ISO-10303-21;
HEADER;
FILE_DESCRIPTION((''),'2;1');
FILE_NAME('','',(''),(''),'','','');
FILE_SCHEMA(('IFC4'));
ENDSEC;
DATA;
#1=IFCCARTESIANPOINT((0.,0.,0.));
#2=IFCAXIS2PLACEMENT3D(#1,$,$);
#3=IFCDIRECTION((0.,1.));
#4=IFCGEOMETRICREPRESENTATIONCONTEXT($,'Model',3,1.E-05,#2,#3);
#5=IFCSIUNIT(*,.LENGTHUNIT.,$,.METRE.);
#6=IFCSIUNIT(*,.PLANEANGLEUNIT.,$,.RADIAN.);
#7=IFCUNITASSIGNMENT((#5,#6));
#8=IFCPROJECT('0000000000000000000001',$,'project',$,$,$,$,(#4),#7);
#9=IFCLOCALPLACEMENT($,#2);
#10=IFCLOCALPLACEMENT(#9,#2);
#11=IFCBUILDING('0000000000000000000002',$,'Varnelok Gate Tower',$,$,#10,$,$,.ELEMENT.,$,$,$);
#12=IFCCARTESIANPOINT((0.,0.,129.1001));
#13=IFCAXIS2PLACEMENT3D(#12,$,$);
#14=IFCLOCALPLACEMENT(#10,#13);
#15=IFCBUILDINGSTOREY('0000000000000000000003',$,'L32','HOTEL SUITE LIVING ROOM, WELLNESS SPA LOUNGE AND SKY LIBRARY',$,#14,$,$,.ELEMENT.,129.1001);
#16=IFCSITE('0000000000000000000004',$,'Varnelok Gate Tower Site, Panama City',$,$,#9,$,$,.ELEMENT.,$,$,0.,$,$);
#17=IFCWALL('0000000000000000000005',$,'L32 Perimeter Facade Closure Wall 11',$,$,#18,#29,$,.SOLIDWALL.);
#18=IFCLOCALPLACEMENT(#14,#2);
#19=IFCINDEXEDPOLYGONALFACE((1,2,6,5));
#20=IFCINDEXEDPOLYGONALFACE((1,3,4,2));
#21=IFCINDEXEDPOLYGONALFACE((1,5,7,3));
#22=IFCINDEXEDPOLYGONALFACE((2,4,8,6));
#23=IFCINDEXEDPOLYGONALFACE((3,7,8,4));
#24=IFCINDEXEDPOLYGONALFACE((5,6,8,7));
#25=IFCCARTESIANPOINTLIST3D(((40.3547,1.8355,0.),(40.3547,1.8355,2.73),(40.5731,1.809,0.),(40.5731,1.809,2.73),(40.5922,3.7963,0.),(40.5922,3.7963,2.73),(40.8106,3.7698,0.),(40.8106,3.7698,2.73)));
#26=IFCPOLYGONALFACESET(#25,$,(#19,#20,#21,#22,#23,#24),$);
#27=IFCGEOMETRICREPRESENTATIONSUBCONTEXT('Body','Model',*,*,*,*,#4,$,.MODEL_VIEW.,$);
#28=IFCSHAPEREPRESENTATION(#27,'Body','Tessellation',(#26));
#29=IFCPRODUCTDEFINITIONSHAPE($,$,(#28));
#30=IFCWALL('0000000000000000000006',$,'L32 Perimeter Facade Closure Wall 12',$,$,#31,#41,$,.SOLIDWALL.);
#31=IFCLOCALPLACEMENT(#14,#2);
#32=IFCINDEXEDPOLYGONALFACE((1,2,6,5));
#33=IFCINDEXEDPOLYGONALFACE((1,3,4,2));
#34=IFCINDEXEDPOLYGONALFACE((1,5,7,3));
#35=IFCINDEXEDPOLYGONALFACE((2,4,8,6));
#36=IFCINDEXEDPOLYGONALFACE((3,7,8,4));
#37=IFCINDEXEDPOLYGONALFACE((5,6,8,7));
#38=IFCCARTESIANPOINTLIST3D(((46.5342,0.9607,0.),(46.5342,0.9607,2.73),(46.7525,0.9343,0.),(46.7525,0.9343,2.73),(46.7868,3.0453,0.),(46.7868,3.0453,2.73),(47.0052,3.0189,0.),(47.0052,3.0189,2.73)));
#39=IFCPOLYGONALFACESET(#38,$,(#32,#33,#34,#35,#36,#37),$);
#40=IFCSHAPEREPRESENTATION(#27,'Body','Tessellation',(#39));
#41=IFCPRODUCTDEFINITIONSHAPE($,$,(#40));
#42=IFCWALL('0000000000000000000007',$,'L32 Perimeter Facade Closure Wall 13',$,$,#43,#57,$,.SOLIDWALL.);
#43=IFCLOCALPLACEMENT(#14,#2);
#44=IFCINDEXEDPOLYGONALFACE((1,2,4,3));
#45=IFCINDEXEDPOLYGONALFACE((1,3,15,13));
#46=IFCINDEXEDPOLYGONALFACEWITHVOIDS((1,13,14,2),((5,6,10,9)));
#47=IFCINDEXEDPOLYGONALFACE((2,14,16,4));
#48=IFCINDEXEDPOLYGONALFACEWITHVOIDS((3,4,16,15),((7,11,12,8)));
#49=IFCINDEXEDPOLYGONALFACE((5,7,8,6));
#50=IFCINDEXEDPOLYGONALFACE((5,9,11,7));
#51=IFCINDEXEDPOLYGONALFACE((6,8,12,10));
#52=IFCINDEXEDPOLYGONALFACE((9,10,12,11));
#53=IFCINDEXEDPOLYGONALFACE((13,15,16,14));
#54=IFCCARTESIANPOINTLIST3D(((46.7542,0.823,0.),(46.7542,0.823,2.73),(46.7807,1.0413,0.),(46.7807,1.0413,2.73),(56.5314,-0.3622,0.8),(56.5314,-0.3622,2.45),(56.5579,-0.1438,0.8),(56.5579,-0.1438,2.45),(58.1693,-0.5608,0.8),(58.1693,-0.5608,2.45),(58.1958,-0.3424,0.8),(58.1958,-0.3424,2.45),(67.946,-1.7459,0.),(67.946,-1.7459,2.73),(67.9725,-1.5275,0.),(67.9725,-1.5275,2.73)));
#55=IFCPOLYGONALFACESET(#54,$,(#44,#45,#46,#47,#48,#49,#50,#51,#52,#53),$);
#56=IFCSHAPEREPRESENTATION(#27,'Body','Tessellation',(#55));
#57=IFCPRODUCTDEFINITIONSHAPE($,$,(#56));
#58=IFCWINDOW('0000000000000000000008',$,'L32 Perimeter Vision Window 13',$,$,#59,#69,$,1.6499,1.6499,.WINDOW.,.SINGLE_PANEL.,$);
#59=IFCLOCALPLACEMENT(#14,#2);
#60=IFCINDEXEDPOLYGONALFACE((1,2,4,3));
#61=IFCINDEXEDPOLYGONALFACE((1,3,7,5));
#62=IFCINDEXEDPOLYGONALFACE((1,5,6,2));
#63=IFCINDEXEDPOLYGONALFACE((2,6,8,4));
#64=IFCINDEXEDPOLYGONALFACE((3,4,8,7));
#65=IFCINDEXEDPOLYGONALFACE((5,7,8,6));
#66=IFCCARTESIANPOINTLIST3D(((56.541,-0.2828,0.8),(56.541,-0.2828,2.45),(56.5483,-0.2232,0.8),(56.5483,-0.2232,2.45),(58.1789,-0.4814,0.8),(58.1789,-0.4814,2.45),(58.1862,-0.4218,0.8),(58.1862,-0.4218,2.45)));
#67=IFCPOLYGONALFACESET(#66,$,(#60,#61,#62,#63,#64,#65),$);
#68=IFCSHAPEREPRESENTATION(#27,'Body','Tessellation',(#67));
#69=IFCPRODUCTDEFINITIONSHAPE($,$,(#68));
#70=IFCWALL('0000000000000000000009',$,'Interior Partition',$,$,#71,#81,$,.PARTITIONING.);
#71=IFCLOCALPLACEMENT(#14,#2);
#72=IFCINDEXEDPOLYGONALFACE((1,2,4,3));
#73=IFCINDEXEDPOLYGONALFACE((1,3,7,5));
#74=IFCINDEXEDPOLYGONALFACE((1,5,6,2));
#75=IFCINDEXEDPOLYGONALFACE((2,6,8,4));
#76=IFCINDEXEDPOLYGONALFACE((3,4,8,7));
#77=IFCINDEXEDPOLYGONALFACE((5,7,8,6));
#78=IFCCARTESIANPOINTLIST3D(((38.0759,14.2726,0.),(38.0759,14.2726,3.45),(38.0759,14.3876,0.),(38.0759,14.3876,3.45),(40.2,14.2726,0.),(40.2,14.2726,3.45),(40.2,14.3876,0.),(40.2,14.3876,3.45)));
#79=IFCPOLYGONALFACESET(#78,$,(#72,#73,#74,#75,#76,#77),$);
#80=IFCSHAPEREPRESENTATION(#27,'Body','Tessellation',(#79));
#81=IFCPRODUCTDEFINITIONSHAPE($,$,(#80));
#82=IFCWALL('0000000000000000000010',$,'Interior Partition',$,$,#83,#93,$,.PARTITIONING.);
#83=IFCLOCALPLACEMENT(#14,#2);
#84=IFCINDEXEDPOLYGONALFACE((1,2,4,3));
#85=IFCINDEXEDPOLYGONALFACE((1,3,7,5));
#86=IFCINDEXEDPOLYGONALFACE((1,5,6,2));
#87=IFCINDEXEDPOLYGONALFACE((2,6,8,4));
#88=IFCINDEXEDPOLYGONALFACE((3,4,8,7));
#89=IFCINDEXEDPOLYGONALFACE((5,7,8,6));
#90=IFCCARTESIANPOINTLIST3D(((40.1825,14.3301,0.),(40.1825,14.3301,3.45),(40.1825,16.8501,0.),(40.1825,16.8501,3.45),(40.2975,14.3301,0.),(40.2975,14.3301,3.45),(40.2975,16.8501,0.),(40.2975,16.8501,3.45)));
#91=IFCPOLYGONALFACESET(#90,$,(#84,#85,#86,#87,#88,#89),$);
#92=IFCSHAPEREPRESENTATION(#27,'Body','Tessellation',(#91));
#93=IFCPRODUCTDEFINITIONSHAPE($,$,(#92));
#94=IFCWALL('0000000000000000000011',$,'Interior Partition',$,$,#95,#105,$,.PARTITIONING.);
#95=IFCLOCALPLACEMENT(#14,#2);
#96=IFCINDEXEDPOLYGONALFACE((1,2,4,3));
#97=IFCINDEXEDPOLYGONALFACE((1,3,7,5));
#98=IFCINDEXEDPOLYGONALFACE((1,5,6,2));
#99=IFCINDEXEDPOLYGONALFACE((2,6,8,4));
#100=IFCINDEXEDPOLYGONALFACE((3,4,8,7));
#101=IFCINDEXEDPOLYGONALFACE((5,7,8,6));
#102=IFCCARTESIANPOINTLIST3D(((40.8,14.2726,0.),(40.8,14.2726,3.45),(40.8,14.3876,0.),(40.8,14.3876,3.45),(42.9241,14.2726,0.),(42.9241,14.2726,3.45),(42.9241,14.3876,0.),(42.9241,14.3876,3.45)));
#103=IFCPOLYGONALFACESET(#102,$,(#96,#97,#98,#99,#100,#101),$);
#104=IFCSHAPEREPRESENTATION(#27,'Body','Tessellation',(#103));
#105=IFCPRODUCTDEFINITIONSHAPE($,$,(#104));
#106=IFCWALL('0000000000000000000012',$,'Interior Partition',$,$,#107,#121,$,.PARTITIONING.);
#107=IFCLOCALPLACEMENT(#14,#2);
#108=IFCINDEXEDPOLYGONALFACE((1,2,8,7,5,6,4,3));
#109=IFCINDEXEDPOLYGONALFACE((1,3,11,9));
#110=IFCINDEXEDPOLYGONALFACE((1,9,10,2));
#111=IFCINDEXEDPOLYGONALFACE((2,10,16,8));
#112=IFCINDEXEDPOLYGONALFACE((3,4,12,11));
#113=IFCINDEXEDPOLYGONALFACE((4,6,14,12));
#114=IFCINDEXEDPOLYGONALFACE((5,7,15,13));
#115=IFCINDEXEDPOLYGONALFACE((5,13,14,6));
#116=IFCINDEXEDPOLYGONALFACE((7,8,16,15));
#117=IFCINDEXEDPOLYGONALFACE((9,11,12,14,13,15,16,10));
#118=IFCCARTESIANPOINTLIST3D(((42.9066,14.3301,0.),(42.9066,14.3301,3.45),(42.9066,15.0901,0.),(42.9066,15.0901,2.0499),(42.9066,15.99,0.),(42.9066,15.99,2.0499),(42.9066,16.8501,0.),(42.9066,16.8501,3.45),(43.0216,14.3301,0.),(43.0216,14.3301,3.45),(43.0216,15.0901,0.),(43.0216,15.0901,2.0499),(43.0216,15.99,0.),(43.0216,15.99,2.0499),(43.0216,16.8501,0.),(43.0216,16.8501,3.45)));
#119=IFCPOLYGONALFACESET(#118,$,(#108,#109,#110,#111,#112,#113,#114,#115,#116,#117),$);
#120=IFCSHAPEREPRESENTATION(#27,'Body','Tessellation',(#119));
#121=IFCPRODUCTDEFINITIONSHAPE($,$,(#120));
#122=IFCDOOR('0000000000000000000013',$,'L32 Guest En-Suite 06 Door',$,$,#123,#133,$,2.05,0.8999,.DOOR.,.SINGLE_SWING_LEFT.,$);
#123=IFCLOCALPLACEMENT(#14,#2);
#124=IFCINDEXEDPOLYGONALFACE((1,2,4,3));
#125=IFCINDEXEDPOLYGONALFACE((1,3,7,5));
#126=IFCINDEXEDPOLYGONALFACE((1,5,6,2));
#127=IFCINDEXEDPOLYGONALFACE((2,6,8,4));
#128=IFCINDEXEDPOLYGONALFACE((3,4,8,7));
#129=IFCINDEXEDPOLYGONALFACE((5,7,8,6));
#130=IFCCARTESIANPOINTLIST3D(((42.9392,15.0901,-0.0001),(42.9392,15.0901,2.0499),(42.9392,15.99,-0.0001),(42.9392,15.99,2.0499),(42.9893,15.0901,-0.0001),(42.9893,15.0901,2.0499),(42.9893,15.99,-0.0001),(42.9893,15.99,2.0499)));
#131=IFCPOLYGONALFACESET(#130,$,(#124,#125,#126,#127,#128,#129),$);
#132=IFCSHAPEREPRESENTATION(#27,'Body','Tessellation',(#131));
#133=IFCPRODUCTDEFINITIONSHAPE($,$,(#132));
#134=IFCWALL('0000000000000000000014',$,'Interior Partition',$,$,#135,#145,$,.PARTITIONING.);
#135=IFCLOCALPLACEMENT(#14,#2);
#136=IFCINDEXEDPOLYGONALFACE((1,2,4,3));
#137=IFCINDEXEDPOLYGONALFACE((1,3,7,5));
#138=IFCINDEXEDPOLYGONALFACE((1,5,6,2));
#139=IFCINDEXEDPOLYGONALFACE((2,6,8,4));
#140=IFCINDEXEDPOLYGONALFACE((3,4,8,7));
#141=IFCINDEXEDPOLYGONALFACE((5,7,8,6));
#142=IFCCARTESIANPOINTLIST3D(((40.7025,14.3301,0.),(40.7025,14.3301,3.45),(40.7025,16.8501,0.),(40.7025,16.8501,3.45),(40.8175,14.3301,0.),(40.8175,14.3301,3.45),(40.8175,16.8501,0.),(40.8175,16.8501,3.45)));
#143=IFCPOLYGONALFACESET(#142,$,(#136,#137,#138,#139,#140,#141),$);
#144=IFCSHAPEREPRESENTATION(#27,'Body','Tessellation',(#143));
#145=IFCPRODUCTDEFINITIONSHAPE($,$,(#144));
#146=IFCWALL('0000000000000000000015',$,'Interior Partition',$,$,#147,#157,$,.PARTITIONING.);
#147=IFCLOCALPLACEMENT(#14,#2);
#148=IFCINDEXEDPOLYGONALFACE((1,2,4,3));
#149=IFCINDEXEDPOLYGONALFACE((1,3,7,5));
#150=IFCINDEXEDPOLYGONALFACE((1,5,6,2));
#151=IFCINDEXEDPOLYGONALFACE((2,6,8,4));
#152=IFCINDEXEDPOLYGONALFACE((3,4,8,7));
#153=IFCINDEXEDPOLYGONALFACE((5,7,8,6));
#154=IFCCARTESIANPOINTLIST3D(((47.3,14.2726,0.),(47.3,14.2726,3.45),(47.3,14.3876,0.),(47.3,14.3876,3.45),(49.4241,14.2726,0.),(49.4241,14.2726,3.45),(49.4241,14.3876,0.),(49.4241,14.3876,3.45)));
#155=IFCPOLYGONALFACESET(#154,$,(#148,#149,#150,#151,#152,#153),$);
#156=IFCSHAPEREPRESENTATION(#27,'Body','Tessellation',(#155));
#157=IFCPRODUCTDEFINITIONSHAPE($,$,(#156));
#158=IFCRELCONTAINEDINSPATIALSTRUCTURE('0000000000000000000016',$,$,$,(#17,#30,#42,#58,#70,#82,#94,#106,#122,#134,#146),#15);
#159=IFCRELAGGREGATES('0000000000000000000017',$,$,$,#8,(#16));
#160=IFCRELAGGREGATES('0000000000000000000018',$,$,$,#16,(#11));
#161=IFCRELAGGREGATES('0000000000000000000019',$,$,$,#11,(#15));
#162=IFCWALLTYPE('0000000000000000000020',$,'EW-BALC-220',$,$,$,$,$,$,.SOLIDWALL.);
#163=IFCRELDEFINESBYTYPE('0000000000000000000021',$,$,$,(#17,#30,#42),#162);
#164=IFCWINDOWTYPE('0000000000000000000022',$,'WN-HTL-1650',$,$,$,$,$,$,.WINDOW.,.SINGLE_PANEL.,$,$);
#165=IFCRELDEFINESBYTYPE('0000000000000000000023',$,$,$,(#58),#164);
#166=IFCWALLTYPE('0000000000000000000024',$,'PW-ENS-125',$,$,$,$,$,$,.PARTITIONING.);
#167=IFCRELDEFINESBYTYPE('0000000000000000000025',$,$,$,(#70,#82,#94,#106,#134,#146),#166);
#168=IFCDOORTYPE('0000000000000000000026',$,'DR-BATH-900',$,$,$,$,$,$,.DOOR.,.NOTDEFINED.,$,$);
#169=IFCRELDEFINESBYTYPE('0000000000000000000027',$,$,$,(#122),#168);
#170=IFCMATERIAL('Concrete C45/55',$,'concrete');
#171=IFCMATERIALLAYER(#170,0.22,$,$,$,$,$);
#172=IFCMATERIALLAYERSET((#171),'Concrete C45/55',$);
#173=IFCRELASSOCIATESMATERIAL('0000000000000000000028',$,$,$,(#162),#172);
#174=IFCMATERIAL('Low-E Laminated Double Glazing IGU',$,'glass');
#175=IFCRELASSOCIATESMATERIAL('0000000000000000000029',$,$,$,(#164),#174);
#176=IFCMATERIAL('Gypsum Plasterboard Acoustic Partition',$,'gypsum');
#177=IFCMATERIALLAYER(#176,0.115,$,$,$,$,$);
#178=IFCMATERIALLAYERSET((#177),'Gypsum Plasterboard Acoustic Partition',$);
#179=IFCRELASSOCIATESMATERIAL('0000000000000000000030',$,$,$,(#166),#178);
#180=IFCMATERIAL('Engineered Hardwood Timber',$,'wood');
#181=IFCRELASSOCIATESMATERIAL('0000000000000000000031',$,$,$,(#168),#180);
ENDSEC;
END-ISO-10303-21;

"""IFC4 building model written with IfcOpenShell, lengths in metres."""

from ifc_helpers import new_model, si_unit, direction, frame, frame_2d, origin, place, context, subcontext, project, spatial, rectangle, extrude, material, layer, layer_set, type_object, element, fill, save


model = new_model("IFC4")

# Units and contexts
model_context = context("Model", 3, precision=1e-05, world=origin(), true_north=direction((0.0, 1.0)))
body_context = subcontext(model_context, "Body", "Model", "MODEL_VIEW")
ifc_project = project(units=[si_unit("LENGTHUNIT", "METRE"), si_unit("PLANEANGLEUNIT", "RADIAN")], contexts=[model_context])

# Site, building, storey
site_placement = place(None, origin())
site = spatial("IfcSite", under=ifc_project, at=site_placement, Name="Varnelok Gate Tower Site, Panama City", CompositionType="ELEMENT", RefElevation=0.0)
building_placement = place(site_placement, origin())
building = spatial("IfcBuilding", under=site, at=building_placement, Name="Varnelok Gate Tower", CompositionType="ELEMENT")
storey_placement = place(building_placement, frame((0.0, 0.0, 129.1001)))
storey = spatial("IfcBuildingStorey", under=building, at=storey_placement, Name="L32", Description="HOTEL SUITE LIVING ROOM, WELLNESS SPA LOUNGE AND SKY LIBRARY", CompositionType="ELEMENT", Elevation=129.1001)

# Shared definitions
ifc_material_1 = material(Name="Concrete C45/55", Category="concrete")
ifc_layer_1 = layer(ifc_material_1, 0.22)
ifc_layer_set_1 = layer_set([ifc_layer_1], Name="Concrete C45/55")
wall_type_1 = type_object("IfcWallType", Name="EW-BALC-220", PredefinedType="SOLIDWALL", material=ifc_layer_set_1)

# Walls
wall_1_placement = place(storey_placement, frame((40.4639, 1.8223, 0.0), z_axis=(0.0, 0.0, 1.0), x_axis=(0.120276, 0.99274, 0.0)))
element("IfcWall", 1, at=wall_1_placement, inside=storey, type_object=wall_type_1, Name="L32 Perimeter Facade Closure Wall 11", PredefinedType="SOLIDWALL", context=body_context, shape_type="SweptSolid", body=[
    extrude(rectangle(XDim=1.9751, YDim=0.22, at=frame_2d((0.9875, 0.0))), origin(), (0.0, 0.0, 1.0), 2.73),
])
wall_2_placement = place(storey_placement, frame((46.896, 3.032, 0.0), z_axis=(0.0, 0.0, 1.0), x_axis=(-0.120328, -0.992734, 0.0)))
element("IfcWall", 2, at=wall_2_placement, inside=storey, type_object=wall_type_1, Name="L32 Perimeter Facade Closure Wall 12", PredefinedType="SOLIDWALL", context=body_context, shape_type="SweptSolid", body=[
    extrude(rectangle(XDim=2.0999, YDim=0.22, at=frame_2d((1.0498, 0.0))), origin(), (0.0, 0.0, 1.0), 2.73),
])

# Wall, opening, window
wall_3_placement = place(storey_placement, frame((46.7676, 0.9321, 0.0), z_axis=(0.0, 0.0, 1.0), x_axis=(0.992733, -0.120338, 0.0)))
wall_3 = element("IfcWall", 3, at=wall_3_placement, inside=storey, type_object=wall_type_1, Name="L32 Perimeter Facade Closure Wall 13", PredefinedType="SOLIDWALL", context=body_context, shape_type="SweptSolid", body=[
    extrude(rectangle(XDim=21.3469, YDim=0.22, at=frame_2d((10.6733, 0.0))), origin(), (0.0, 0.0, 1.0), 2.73),
])
opening_1_placement = place(wall_3_placement, frame((9.8486, 0.0, 0.8)))
opening_1 = element("IfcOpeningElement", 4, at=opening_1_placement, cuts=wall_3, PredefinedType="OPENING", context=body_context, shape_type="SweptSolid", body=[
    extrude(rectangle(XDim=1.6499, YDim=1.6499, at=frame_2d((0.825, 0.825))), frame((0.0, 0.1199, 0.0), z_axis=(0.0, -1.0, 0.0), x_axis=(1.0, 0.0, 0.0)), (0.0, 0.0, 1.0), 0.24),
])
ifc_material_2 = material(Name="Low-E Laminated Double Glazing IGU", Category="glass")
window_type = type_object("IfcWindowType", Name="WN-HTL-1650", PartitioningType="SINGLE_PANEL", PredefinedType="WINDOW", material=ifc_material_2)
window_placement = place(opening_1_placement, origin())
window = element("IfcWindow", 5, at=window_placement, inside=storey, type_object=window_type, Name="L32 Perimeter Vision Window 13", OverallHeight=1.6499, OverallWidth=1.6499, PartitioningType="SINGLE_PANEL", PredefinedType="WINDOW", context=body_context, shape_type="SweptSolid", body=[
    extrude(rectangle(XDim=1.6499, YDim=1.6499, at=frame_2d((0.825, 0.825))), frame((0.0, 0.03, 0.0), z_axis=(0.0, -1.0, 0.0), x_axis=(1.0, 0.0, 0.0)), (0.0, 0.0, 1.0), 0.0601),
])
fill(opening_1, window)

# Walls
ifc_material_3 = material(Name="Gypsum Plasterboard Acoustic Partition", Category="gypsum")
ifc_layer_2 = layer(ifc_material_3, 0.115)
ifc_layer_set_2 = layer_set([ifc_layer_2], Name="Gypsum Plasterboard Acoustic Partition")
wall_type_2 = type_object("IfcWallType", Name="PW-ENS-125", PredefinedType="PARTITIONING", material=ifc_layer_set_2)
wall_4_placement = place(storey_placement, frame((38.0759, 14.3301, 0.0), z_axis=(0.0, 0.0, 1.0), x_axis=(1.0, 0.0, 0.0)))
element("IfcWall", 6, at=wall_4_placement, inside=storey, type_object=wall_type_2, Name="Interior Partition", PredefinedType="PARTITIONING", context=body_context, shape_type="SweptSolid", body=[
    extrude(rectangle(XDim=2.124, YDim=0.115, at=frame_2d((1.062, 0.0))), origin(), (0.0, 0.0, 1.0), 3.45),
])
wall_5_placement = place(storey_placement, frame((40.24, 14.3301, 0.0), z_axis=(0.0, 0.0, 1.0), x_axis=(0.0, 1.0, 0.0)))
element("IfcWall", 7, at=wall_5_placement, inside=storey, type_object=wall_type_2, Name="Interior Partition", PredefinedType="PARTITIONING", context=body_context, shape_type="SweptSolid", body=[
    extrude(rectangle(XDim=2.52, YDim=0.115, at=frame_2d((1.26, 0.0))), origin(), (0.0, 0.0, 1.0), 3.45),
])
wall_6_placement = place(storey_placement, frame((40.8, 14.3301, 0.0), z_axis=(0.0, 0.0, 1.0), x_axis=(1.0, 0.0, 0.0)))
element("IfcWall", 8, at=wall_6_placement, inside=storey, type_object=wall_type_2, Name="Interior Partition", PredefinedType="PARTITIONING", context=body_context, shape_type="SweptSolid", body=[
    extrude(rectangle(XDim=2.124, YDim=0.115, at=frame_2d((1.062, 0.0))), origin(), (0.0, 0.0, 1.0), 3.45),
])

# Wall, opening, door
wall_7_placement = place(storey_placement, frame((42.9641, 14.3301, 0.0), z_axis=(0.0, 0.0, 1.0), x_axis=(0.0, 1.0, 0.0)))
wall_7 = element("IfcWall", 9, at=wall_7_placement, inside=storey, type_object=wall_type_2, Name="Interior Partition", PredefinedType="PARTITIONING", context=body_context, shape_type="SweptSolid", body=[
    extrude(rectangle(XDim=2.52, YDim=0.115, at=frame_2d((1.26, 0.0))), origin(), (0.0, 0.0, 1.0), 3.45),
])
opening_2_placement = place(wall_7_placement, frame((0.76, 0.0, 0.0)))
opening_2 = element("IfcOpeningElement", 10, at=opening_2_placement, cuts=wall_7, PredefinedType="OPENING", context=body_context, shape_type="SweptSolid", body=[
    extrude(rectangle(XDim=0.8999, YDim=2.05, at=frame_2d((0.45, 1.0249))), frame((0.0, 0.0674, 0.0), z_axis=(0.0, -1.0, 0.0), x_axis=(1.0, 0.0, 0.0)), (0.0, 0.0, 1.0), 0.135),
])
ifc_material_4 = material(Name="Engineered Hardwood Timber", Category="wood")
door_type_1 = type_object("IfcDoorType", Name="DR-BATH-900", OperationType="NOTDEFINED", PredefinedType="DOOR", material=ifc_material_4)
door_1_placement = place(opening_2_placement, origin())
door_1 = element("IfcDoor", 11, at=door_1_placement, inside=storey, type_object=door_type_1, Name="L32 Guest En-Suite 06 Door", OperationType="SINGLE_SWING_LEFT", OverallHeight=2.05, OverallWidth=0.8999, PredefinedType="DOOR", context=body_context, shape_type="SweptSolid", body=[
    extrude(rectangle(XDim=0.8999, YDim=2.05, at=frame_2d((0.45, 1.0249))), frame((0.0, 0.0249, 0.0), z_axis=(0.0, -1.0, 0.0), x_axis=(1.0, 0.0, 0.0)), (0.0, 0.0, 1.0), 0.05),
])
fill(opening_2, door_1)

# Walls
wall_8_placement = place(storey_placement, frame((40.76, 14.3301, 0.0), z_axis=(0.0, 0.0, 1.0), x_axis=(0.0, 1.0, 0.0)))
element("IfcWall", 12, at=wall_8_placement, inside=storey, type_object=wall_type_2, Name="Interior Partition", PredefinedType="PARTITIONING", context=body_context, shape_type="SweptSolid", body=[
    extrude(rectangle(XDim=2.52, YDim=0.115, at=frame_2d((1.26, 0.0))), origin(), (0.0, 0.0, 1.0), 3.45),
])
wall_9_placement = place(storey_placement, frame((47.3, 14.3301, 0.0), z_axis=(0.0, 0.0, 1.0), x_axis=(1.0, 0.0, 0.0)))
element("IfcWall", 13, at=wall_9_placement, inside=storey, type_object=wall_type_2, Name="Interior Partition", PredefinedType="PARTITIONING", context=body_context, shape_type="SweptSolid", body=[
    extrude(rectangle(XDim=2.124, YDim=0.115, at=frame_2d((1.062, 0.0))), origin(), (0.0, 0.0, 1.0), 3.45),
])

save(model, "model.ifc")
